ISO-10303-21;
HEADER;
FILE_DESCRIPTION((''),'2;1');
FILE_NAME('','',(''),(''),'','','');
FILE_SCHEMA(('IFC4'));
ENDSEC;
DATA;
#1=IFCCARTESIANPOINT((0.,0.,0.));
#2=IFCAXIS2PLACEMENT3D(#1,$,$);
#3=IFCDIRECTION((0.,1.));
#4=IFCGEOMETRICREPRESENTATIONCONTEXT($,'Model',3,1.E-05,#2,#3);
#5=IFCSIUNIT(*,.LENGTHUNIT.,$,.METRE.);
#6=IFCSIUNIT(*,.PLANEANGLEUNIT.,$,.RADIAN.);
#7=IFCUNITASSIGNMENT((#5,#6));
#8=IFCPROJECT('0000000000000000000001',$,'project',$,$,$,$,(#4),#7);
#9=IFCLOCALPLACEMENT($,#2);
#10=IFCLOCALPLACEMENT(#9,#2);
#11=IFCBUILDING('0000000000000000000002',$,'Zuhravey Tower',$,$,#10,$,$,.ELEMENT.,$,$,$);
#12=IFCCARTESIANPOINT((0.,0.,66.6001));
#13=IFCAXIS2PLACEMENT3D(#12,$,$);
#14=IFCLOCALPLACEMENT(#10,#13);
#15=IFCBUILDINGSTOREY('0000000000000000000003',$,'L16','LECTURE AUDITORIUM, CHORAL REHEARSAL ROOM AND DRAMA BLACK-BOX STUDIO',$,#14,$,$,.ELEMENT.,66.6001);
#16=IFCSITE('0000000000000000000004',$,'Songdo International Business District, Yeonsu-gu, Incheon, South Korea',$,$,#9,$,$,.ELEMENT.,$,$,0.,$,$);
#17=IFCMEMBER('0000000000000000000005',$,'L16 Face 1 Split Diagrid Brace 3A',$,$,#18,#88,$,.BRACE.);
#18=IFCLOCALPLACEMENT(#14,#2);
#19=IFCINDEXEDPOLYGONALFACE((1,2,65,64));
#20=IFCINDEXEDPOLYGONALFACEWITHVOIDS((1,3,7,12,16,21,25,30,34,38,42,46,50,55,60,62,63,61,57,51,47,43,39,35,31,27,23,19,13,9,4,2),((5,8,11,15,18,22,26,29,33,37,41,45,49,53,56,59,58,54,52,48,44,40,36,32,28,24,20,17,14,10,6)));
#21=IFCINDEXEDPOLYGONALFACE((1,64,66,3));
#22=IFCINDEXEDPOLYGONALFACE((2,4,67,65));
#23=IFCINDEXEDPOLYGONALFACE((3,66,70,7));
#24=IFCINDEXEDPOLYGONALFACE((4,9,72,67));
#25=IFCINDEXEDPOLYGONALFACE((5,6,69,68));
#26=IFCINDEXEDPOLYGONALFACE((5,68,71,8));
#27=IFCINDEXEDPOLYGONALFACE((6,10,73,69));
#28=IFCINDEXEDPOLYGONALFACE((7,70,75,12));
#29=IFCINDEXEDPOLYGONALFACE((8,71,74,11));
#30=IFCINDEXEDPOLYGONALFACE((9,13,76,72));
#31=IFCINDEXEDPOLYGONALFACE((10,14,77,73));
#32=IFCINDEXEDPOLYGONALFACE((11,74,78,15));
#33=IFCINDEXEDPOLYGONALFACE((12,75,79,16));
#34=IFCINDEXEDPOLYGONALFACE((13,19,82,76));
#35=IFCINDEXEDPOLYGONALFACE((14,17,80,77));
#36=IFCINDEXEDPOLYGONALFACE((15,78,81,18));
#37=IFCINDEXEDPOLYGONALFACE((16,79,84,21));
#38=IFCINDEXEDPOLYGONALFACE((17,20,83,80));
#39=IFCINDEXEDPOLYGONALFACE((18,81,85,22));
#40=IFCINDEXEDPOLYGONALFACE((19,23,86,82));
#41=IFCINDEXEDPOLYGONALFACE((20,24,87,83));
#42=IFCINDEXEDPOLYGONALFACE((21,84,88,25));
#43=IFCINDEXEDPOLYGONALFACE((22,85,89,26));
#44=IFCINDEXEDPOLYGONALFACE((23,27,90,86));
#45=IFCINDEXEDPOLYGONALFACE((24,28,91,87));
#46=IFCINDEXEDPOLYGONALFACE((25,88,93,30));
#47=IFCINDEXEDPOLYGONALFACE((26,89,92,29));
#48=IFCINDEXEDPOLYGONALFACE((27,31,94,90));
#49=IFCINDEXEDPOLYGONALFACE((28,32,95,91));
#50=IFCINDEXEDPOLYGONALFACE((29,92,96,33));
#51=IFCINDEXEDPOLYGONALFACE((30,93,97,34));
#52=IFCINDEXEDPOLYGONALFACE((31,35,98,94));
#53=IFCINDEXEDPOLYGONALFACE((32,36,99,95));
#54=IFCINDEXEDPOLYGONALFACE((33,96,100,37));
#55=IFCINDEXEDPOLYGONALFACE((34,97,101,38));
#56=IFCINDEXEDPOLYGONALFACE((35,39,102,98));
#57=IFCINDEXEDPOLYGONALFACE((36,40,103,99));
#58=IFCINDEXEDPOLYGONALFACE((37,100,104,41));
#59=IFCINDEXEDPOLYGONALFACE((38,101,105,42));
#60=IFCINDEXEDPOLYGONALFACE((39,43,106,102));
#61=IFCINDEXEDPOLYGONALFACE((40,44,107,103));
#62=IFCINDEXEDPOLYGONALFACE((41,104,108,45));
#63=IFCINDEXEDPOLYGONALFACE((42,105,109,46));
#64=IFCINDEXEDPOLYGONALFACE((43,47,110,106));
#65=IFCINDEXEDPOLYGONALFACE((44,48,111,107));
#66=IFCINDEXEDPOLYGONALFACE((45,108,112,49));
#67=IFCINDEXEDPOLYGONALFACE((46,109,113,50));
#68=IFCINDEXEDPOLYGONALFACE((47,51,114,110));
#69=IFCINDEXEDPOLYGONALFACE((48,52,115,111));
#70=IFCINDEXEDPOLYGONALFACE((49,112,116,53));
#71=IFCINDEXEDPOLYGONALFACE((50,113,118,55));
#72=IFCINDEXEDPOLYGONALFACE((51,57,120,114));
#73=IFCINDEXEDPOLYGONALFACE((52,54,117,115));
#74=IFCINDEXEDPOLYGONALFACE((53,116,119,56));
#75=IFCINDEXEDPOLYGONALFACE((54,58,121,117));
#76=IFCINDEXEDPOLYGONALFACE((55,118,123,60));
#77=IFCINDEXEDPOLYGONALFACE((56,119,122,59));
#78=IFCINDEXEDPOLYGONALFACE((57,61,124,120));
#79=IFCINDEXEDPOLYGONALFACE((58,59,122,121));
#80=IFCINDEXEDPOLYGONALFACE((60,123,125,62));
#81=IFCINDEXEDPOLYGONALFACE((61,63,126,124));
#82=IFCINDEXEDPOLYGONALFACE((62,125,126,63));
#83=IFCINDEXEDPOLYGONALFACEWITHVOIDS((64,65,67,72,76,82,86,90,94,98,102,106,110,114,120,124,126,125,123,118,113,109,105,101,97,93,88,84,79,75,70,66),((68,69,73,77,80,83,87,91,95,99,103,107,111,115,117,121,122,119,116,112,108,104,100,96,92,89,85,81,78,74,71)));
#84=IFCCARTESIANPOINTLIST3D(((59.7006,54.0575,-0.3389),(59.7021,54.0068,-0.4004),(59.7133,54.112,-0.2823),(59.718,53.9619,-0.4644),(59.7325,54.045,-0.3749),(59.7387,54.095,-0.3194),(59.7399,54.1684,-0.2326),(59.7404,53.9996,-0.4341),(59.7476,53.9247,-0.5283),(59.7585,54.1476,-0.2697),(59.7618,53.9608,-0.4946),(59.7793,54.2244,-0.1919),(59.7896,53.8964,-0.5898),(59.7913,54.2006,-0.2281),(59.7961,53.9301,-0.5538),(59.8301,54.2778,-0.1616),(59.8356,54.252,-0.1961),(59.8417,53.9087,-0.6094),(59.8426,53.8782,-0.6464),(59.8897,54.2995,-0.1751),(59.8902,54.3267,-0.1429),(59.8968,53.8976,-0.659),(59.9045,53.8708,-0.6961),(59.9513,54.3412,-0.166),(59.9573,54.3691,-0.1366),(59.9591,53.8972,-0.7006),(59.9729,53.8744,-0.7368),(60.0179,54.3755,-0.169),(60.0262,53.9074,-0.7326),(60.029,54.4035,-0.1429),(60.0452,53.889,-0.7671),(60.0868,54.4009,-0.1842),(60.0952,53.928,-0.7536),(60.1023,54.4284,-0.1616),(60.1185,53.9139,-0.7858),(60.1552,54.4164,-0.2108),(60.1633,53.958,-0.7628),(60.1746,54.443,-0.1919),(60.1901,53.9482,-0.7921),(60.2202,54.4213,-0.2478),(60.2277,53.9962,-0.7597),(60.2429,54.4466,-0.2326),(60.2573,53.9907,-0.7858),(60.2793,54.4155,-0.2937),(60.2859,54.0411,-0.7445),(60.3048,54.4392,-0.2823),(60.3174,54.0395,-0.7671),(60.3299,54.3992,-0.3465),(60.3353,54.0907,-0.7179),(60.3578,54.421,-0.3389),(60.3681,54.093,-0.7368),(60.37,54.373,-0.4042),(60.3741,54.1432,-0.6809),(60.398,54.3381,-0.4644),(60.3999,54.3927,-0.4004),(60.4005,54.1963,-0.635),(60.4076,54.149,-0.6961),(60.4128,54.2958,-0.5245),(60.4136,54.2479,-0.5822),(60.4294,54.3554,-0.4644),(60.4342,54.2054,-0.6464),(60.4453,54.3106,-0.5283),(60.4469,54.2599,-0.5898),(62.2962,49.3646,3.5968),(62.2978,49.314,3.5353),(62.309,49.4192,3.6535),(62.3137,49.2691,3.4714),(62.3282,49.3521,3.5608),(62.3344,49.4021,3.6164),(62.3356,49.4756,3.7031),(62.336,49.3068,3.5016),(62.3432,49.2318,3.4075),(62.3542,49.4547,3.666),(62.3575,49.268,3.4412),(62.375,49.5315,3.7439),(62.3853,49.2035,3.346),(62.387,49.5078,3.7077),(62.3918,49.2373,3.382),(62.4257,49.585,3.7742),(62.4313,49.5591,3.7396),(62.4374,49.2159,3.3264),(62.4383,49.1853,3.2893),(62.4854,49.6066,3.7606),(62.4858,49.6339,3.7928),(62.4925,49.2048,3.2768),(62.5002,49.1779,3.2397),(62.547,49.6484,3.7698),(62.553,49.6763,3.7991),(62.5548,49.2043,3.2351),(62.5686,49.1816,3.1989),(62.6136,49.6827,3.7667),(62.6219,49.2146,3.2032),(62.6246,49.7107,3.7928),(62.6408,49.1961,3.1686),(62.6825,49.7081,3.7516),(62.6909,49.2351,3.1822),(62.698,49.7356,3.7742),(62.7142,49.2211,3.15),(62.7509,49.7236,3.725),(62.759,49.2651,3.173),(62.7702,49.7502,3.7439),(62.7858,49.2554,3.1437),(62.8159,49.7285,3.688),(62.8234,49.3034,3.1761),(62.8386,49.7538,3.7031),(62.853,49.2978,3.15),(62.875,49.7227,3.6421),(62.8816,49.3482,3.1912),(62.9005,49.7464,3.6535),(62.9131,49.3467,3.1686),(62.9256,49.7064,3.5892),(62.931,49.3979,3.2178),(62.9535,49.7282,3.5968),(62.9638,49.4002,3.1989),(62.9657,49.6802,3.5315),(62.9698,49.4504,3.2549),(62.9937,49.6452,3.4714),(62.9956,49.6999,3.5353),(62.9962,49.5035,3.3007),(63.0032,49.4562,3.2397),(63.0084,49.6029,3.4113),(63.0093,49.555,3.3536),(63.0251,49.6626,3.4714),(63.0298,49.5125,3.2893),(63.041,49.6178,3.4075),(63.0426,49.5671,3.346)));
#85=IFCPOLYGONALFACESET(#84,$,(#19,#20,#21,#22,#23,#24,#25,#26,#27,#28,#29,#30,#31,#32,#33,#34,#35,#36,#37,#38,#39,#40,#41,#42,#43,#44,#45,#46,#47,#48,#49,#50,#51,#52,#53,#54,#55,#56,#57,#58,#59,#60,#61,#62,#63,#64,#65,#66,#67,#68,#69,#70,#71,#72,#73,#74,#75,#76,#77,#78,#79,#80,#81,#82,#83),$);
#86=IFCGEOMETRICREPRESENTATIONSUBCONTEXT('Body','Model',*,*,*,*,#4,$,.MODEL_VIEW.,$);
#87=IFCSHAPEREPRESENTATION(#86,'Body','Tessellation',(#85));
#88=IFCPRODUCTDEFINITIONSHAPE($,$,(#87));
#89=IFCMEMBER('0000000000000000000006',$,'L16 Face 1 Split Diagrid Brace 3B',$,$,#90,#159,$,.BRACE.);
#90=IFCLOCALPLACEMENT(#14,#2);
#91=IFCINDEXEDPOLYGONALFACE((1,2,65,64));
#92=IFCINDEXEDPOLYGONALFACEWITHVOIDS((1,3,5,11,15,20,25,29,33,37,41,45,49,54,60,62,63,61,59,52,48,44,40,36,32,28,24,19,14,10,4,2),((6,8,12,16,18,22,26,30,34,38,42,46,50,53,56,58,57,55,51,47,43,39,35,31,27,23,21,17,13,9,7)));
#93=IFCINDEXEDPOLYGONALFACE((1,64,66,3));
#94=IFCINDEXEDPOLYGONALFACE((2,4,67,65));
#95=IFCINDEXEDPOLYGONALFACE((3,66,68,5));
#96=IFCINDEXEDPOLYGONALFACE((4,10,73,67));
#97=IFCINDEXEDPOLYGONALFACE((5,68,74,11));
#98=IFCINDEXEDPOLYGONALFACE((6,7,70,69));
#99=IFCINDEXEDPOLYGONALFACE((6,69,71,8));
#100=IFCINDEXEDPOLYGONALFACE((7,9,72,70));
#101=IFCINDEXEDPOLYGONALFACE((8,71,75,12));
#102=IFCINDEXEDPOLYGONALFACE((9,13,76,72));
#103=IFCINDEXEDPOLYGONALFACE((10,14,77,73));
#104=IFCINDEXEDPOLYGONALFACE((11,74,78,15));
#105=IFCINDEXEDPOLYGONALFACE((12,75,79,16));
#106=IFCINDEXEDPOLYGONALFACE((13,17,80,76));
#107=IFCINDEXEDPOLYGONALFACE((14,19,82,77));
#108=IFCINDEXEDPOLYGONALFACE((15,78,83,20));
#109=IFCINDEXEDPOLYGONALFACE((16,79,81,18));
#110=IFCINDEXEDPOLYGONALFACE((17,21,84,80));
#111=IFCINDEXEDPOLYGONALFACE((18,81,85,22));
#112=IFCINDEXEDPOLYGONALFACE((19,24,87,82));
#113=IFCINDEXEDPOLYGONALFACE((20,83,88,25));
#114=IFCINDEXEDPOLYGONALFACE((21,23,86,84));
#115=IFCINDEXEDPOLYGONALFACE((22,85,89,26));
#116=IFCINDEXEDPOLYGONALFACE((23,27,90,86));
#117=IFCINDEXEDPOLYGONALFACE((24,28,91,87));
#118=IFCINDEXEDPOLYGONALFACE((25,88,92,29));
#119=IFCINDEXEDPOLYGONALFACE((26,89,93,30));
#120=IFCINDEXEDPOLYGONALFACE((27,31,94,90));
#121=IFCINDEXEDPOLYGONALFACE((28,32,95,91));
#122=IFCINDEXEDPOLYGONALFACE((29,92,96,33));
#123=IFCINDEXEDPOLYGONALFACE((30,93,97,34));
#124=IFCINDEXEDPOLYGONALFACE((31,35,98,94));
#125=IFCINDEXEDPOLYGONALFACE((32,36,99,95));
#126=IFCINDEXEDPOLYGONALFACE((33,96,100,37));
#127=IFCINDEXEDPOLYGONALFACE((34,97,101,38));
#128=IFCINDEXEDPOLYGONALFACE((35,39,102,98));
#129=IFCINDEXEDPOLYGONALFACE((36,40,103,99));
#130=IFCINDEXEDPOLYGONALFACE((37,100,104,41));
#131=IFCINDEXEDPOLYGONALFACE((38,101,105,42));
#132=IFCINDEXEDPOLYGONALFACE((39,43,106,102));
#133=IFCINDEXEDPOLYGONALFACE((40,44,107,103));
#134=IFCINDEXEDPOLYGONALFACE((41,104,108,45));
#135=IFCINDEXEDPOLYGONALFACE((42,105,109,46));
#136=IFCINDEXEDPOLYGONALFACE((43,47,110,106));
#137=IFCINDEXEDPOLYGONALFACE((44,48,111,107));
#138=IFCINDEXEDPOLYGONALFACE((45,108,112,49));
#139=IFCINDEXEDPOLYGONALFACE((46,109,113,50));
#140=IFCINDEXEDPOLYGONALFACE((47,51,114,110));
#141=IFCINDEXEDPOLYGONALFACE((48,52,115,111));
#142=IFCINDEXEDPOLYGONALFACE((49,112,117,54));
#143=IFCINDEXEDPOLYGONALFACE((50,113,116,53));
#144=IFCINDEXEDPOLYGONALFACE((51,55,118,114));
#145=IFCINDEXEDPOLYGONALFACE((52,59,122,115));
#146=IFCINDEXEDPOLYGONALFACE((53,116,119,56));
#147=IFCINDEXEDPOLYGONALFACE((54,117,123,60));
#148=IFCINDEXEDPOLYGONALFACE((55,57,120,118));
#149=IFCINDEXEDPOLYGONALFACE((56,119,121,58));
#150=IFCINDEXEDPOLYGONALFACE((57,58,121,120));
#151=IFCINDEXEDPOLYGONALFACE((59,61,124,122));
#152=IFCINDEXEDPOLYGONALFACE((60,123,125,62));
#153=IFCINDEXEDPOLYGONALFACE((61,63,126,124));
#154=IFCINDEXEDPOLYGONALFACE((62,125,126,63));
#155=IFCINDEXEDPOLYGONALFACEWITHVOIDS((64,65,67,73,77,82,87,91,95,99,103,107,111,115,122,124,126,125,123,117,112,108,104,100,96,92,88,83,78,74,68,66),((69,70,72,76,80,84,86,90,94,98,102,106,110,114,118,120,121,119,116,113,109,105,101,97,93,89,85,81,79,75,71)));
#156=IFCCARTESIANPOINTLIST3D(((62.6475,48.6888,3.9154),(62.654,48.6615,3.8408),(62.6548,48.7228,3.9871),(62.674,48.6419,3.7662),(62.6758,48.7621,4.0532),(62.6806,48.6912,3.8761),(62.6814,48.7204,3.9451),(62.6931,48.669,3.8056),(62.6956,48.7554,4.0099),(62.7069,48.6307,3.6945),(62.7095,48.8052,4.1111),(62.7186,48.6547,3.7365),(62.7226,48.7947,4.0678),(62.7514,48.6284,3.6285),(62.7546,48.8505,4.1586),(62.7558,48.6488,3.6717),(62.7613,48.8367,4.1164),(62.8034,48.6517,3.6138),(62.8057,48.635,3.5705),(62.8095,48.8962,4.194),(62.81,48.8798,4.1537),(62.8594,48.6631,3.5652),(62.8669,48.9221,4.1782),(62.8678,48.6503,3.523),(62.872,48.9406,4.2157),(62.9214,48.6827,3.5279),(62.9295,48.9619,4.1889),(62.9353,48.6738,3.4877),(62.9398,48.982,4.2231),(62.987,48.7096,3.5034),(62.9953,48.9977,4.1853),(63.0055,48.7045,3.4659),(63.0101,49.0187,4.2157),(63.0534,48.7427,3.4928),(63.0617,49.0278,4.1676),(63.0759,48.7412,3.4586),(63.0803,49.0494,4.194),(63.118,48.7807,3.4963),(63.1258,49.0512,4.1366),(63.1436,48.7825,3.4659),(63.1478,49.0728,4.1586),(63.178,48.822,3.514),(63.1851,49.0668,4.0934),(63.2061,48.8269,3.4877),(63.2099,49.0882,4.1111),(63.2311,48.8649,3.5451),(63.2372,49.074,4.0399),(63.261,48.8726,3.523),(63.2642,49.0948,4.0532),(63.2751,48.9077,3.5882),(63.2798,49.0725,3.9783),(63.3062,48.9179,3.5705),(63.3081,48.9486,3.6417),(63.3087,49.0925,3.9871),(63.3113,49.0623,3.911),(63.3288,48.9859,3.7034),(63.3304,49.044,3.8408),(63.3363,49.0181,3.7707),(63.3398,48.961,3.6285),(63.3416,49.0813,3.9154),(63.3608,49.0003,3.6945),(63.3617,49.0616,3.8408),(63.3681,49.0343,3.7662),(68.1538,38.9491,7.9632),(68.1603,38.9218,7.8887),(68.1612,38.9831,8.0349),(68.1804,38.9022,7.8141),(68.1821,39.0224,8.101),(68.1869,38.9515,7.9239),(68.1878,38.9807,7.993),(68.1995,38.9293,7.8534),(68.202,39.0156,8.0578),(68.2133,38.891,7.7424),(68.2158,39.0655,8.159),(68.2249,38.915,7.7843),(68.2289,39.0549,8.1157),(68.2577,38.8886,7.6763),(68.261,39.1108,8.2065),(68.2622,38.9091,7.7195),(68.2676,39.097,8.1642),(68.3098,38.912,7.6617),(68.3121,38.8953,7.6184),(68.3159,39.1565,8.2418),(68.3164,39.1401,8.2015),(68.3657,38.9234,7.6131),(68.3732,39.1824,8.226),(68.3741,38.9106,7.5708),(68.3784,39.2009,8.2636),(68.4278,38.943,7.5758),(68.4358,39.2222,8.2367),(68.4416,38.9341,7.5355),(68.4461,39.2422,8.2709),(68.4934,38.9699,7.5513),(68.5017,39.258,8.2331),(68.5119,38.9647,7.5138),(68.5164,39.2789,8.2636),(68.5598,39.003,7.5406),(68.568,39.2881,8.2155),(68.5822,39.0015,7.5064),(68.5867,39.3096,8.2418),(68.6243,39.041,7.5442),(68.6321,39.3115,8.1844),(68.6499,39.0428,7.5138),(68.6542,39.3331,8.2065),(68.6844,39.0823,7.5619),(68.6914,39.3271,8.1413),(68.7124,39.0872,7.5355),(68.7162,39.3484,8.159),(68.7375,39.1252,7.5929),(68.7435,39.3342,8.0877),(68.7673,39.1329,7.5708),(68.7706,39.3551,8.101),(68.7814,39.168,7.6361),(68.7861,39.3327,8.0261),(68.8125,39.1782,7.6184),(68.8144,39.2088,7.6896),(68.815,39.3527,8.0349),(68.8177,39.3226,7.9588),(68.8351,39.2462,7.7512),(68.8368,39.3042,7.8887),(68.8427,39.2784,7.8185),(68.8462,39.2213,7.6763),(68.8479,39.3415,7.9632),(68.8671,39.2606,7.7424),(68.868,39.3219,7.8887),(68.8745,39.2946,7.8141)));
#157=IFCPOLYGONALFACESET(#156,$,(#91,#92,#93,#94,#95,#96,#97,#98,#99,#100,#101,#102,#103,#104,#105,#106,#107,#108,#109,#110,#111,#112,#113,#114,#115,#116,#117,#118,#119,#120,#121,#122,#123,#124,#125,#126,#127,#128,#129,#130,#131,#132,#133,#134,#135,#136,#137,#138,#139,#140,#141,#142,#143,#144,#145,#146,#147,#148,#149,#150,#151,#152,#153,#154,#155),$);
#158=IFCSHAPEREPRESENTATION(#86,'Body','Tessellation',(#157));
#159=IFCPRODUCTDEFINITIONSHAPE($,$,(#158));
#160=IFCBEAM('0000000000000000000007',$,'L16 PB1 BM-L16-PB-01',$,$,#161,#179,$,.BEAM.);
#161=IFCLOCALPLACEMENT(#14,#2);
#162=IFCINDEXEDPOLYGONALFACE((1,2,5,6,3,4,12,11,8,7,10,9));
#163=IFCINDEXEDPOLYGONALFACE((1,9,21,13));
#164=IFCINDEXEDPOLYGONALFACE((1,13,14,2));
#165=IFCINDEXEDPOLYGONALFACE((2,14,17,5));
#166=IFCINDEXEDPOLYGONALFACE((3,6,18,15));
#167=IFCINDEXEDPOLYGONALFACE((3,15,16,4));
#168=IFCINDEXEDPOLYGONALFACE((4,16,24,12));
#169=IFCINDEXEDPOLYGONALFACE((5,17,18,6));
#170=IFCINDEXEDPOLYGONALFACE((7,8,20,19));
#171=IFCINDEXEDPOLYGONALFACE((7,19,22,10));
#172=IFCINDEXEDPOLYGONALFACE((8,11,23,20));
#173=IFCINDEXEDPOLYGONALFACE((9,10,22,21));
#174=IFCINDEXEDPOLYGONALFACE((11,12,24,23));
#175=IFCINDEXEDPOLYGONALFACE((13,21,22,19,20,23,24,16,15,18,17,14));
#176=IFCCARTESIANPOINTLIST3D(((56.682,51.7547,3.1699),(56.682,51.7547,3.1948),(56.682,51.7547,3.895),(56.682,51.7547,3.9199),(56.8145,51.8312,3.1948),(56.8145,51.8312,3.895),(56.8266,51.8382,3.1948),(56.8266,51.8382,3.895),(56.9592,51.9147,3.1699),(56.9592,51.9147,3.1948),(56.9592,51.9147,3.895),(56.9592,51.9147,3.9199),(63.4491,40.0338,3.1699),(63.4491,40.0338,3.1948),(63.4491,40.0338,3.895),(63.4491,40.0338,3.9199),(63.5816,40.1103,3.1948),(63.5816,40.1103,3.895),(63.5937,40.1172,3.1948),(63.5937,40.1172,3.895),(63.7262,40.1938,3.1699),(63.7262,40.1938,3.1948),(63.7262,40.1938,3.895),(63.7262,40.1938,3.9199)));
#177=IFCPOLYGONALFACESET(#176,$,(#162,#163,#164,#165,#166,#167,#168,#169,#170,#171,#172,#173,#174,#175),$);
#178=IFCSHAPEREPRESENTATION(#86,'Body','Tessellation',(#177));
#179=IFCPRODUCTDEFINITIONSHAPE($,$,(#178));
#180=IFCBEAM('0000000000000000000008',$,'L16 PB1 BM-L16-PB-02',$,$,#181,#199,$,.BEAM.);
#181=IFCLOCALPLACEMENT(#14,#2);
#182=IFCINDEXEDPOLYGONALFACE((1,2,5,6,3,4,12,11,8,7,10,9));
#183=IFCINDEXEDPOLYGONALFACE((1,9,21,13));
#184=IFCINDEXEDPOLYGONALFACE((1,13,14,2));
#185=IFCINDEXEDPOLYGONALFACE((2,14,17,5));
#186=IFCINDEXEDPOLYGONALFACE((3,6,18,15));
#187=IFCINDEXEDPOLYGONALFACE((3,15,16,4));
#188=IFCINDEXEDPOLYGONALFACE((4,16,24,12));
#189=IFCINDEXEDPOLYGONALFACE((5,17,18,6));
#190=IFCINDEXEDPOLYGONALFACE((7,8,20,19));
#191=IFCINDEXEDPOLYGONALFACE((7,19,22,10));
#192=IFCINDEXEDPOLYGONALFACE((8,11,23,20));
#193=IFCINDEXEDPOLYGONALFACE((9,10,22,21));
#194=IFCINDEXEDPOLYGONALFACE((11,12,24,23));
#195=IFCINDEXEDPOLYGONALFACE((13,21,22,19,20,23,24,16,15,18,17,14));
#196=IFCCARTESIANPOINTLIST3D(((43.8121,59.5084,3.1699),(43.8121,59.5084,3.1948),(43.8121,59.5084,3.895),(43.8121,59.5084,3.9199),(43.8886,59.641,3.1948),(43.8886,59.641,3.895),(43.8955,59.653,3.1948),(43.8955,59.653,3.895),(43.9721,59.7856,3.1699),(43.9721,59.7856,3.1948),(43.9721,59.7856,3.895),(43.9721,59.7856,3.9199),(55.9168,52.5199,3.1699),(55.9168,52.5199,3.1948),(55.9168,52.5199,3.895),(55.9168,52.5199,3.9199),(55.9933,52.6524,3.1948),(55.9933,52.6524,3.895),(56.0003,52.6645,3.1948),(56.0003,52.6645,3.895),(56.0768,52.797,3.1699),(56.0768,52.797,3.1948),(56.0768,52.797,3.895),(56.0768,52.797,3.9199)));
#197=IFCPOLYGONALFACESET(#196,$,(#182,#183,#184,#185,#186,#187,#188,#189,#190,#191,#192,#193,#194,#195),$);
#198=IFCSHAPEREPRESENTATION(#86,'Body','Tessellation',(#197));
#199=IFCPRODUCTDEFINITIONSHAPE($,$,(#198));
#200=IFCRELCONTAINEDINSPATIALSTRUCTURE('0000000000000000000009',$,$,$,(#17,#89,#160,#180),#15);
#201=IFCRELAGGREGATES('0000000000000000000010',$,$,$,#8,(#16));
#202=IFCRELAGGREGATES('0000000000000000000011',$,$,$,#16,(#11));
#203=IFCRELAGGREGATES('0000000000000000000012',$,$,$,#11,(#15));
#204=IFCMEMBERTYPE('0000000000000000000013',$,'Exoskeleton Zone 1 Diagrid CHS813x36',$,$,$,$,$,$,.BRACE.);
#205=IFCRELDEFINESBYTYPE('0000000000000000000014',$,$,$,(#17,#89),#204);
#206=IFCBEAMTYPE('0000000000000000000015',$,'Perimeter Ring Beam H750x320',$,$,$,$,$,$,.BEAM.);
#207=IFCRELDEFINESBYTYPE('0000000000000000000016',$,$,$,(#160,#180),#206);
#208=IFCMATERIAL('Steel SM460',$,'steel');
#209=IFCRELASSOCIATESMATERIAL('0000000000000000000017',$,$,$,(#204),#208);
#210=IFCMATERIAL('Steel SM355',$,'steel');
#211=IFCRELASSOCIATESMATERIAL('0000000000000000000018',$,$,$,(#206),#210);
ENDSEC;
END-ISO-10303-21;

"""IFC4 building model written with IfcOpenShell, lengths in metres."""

from ifc_helpers import new_model, si_unit, direction, frame, origin, origin_2d, place, context, subcontext, project, spatial, hollow_circle, i_section, extrude, material, material_profile, profile_set, type_object, element, save


model = new_model("IFC4")

# Units and contexts
model_context = context("Model", 3, precision=1e-05, world=origin(), true_north=direction((0.0, 1.0)))
body_context = subcontext(model_context, "Body", "Model", "MODEL_VIEW")
ifc_project = project(units=[si_unit("LENGTHUNIT", "METRE"), si_unit("PLANEANGLEUNIT", "RADIAN")], contexts=[model_context])

# Site, building, storey
site_placement = place(None, origin())
site = spatial("IfcSite", under=ifc_project, at=site_placement, Name="Songdo International Business District, Yeonsu-gu, Incheon, South Korea", CompositionType="ELEMENT", RefElevation=0.0)
building_placement = place(site_placement, origin())
building = spatial("IfcBuilding", under=site, at=building_placement, Name="Zuhravey Tower", CompositionType="ELEMENT")
storey_placement = place(building_placement, frame((0.0, 0.0, 66.6001)))
storey = spatial("IfcBuildingStorey", under=building, at=storey_placement, Name="L16", Description="LECTURE AUDITORIUM, CHORAL REHEARSAL ROOM AND DRAMA BLACK-BOX STUDIO", CompositionType="ELEMENT", Elevation=66.6001)

# Members
ifc_material_1 = material(Name="Steel SM355", Category="steel")
ifc_material_2 = material(Name="Steel SM460", Category="steel")
ifc_material_profile_1 = material_profile(ifc_material_2, hollow_circle(Radius=0.4065, WallThickness=0.0359, at=origin_2d()), Name="CHS-812.8x36")
ifc_profile_set_1 = profile_set([ifc_material_profile_1], Name="Steel SM460")
member_type_1 = type_object("IfcMemberType", Name="Exoskeleton Zone 1 Diagrid CHS813x36", PredefinedType="BRACE", material=ifc_profile_set_1)
member_1_placement = place(storey_placement, frame((60.0737, 54.1587, -0.4644), z_axis=(0.390205, -0.705466, 0.591657), x_axis=(0.875062, 0.484011, 0.0)))
element("IfcMember", 1, at=member_1_placement, inside=storey, type_object=member_type_1, Name="L16 Face 1 Split Diagrid Brace 3A", PredefinedType="BRACE", context=body_context, shape_type="SweptSolid", body=[
    extrude(hollow_circle(Radius=0.4065, WallThickness=0.0359, at=origin_2d()), origin(), (0.0, 0.0, 1.0), 6.6521),
])
member_2_placement = place(storey_placement, frame((63.0078, 48.8616, 3.8408), z_axis=(0.462788, -0.818589, 0.340207), x_axis=(0.870514, 0.492144, 0.0)))
element("IfcMember", 2, at=member_2_placement, inside=storey, type_object=member_type_1, Name="L16 Face 1 Split Diagrid Brace 3B", PredefinedType="BRACE", context=body_context, shape_type="SweptSolid", body=[
    extrude(hollow_circle(Radius=0.4065, WallThickness=0.0359, at=origin_2d()), origin(), (0.0, 0.0, 1.0), 11.8982),
])

# Beams
ifc_material_profile_2 = material_profile(ifc_material_1, i_section(OverallWidth=0.3201, OverallDepth=0.75, WebThickness=0.0139, FlangeThickness=0.0249, at=origin_2d()), Name="H-750x320x14x25")
ifc_profile_set_2 = profile_set([ifc_material_profile_2], Name="Steel SM355")
beam_type_1 = type_object("IfcBeamType", Name="Perimeter Ring Beam H750x320", PredefinedType="BEAM", material=ifc_profile_set_2)
beam_1_placement = place(storey_placement, frame((63.5876, 40.1138, 3.5449), z_axis=(-0.5, 0.866025, 0.0), x_axis=(-0.866025, -0.5, 0.0)))
element("IfcBeam", 3, at=beam_1_placement, inside=storey, type_object=beam_type_1, Name="L16 PB1 BM-L16-PB-01", PredefinedType="BEAM", context=body_context, shape_type="SweptSolid", body=[
    extrude(i_section(OverallWidth=0.3201, OverallDepth=0.75, WebThickness=0.0139, FlangeThickness=0.0249, at=origin_2d()), origin(), (0.0, 0.0, 1.0), 13.5342),
])
beam_2_placement = place(storey_placement, frame((55.9968, 52.6584, 3.5449), z_axis=(-0.86603, 0.499992, 0.0), x_axis=(-0.499992, -0.86603, 0.0)))
element("IfcBeam", 4, at=beam_2_placement, inside=storey, type_object=beam_type_1, Name="L16 PB1 BM-L16-PB-02", PredefinedType="BEAM", context=body_context, shape_type="SweptSolid", body=[
    extrude(i_section(OverallWidth=0.3201, OverallDepth=0.75, WebThickness=0.0139, FlangeThickness=0.0249, at=origin_2d()), origin(), (0.0, 0.0, 1.0), 13.9773),
])

save(model, "model.ifc")
